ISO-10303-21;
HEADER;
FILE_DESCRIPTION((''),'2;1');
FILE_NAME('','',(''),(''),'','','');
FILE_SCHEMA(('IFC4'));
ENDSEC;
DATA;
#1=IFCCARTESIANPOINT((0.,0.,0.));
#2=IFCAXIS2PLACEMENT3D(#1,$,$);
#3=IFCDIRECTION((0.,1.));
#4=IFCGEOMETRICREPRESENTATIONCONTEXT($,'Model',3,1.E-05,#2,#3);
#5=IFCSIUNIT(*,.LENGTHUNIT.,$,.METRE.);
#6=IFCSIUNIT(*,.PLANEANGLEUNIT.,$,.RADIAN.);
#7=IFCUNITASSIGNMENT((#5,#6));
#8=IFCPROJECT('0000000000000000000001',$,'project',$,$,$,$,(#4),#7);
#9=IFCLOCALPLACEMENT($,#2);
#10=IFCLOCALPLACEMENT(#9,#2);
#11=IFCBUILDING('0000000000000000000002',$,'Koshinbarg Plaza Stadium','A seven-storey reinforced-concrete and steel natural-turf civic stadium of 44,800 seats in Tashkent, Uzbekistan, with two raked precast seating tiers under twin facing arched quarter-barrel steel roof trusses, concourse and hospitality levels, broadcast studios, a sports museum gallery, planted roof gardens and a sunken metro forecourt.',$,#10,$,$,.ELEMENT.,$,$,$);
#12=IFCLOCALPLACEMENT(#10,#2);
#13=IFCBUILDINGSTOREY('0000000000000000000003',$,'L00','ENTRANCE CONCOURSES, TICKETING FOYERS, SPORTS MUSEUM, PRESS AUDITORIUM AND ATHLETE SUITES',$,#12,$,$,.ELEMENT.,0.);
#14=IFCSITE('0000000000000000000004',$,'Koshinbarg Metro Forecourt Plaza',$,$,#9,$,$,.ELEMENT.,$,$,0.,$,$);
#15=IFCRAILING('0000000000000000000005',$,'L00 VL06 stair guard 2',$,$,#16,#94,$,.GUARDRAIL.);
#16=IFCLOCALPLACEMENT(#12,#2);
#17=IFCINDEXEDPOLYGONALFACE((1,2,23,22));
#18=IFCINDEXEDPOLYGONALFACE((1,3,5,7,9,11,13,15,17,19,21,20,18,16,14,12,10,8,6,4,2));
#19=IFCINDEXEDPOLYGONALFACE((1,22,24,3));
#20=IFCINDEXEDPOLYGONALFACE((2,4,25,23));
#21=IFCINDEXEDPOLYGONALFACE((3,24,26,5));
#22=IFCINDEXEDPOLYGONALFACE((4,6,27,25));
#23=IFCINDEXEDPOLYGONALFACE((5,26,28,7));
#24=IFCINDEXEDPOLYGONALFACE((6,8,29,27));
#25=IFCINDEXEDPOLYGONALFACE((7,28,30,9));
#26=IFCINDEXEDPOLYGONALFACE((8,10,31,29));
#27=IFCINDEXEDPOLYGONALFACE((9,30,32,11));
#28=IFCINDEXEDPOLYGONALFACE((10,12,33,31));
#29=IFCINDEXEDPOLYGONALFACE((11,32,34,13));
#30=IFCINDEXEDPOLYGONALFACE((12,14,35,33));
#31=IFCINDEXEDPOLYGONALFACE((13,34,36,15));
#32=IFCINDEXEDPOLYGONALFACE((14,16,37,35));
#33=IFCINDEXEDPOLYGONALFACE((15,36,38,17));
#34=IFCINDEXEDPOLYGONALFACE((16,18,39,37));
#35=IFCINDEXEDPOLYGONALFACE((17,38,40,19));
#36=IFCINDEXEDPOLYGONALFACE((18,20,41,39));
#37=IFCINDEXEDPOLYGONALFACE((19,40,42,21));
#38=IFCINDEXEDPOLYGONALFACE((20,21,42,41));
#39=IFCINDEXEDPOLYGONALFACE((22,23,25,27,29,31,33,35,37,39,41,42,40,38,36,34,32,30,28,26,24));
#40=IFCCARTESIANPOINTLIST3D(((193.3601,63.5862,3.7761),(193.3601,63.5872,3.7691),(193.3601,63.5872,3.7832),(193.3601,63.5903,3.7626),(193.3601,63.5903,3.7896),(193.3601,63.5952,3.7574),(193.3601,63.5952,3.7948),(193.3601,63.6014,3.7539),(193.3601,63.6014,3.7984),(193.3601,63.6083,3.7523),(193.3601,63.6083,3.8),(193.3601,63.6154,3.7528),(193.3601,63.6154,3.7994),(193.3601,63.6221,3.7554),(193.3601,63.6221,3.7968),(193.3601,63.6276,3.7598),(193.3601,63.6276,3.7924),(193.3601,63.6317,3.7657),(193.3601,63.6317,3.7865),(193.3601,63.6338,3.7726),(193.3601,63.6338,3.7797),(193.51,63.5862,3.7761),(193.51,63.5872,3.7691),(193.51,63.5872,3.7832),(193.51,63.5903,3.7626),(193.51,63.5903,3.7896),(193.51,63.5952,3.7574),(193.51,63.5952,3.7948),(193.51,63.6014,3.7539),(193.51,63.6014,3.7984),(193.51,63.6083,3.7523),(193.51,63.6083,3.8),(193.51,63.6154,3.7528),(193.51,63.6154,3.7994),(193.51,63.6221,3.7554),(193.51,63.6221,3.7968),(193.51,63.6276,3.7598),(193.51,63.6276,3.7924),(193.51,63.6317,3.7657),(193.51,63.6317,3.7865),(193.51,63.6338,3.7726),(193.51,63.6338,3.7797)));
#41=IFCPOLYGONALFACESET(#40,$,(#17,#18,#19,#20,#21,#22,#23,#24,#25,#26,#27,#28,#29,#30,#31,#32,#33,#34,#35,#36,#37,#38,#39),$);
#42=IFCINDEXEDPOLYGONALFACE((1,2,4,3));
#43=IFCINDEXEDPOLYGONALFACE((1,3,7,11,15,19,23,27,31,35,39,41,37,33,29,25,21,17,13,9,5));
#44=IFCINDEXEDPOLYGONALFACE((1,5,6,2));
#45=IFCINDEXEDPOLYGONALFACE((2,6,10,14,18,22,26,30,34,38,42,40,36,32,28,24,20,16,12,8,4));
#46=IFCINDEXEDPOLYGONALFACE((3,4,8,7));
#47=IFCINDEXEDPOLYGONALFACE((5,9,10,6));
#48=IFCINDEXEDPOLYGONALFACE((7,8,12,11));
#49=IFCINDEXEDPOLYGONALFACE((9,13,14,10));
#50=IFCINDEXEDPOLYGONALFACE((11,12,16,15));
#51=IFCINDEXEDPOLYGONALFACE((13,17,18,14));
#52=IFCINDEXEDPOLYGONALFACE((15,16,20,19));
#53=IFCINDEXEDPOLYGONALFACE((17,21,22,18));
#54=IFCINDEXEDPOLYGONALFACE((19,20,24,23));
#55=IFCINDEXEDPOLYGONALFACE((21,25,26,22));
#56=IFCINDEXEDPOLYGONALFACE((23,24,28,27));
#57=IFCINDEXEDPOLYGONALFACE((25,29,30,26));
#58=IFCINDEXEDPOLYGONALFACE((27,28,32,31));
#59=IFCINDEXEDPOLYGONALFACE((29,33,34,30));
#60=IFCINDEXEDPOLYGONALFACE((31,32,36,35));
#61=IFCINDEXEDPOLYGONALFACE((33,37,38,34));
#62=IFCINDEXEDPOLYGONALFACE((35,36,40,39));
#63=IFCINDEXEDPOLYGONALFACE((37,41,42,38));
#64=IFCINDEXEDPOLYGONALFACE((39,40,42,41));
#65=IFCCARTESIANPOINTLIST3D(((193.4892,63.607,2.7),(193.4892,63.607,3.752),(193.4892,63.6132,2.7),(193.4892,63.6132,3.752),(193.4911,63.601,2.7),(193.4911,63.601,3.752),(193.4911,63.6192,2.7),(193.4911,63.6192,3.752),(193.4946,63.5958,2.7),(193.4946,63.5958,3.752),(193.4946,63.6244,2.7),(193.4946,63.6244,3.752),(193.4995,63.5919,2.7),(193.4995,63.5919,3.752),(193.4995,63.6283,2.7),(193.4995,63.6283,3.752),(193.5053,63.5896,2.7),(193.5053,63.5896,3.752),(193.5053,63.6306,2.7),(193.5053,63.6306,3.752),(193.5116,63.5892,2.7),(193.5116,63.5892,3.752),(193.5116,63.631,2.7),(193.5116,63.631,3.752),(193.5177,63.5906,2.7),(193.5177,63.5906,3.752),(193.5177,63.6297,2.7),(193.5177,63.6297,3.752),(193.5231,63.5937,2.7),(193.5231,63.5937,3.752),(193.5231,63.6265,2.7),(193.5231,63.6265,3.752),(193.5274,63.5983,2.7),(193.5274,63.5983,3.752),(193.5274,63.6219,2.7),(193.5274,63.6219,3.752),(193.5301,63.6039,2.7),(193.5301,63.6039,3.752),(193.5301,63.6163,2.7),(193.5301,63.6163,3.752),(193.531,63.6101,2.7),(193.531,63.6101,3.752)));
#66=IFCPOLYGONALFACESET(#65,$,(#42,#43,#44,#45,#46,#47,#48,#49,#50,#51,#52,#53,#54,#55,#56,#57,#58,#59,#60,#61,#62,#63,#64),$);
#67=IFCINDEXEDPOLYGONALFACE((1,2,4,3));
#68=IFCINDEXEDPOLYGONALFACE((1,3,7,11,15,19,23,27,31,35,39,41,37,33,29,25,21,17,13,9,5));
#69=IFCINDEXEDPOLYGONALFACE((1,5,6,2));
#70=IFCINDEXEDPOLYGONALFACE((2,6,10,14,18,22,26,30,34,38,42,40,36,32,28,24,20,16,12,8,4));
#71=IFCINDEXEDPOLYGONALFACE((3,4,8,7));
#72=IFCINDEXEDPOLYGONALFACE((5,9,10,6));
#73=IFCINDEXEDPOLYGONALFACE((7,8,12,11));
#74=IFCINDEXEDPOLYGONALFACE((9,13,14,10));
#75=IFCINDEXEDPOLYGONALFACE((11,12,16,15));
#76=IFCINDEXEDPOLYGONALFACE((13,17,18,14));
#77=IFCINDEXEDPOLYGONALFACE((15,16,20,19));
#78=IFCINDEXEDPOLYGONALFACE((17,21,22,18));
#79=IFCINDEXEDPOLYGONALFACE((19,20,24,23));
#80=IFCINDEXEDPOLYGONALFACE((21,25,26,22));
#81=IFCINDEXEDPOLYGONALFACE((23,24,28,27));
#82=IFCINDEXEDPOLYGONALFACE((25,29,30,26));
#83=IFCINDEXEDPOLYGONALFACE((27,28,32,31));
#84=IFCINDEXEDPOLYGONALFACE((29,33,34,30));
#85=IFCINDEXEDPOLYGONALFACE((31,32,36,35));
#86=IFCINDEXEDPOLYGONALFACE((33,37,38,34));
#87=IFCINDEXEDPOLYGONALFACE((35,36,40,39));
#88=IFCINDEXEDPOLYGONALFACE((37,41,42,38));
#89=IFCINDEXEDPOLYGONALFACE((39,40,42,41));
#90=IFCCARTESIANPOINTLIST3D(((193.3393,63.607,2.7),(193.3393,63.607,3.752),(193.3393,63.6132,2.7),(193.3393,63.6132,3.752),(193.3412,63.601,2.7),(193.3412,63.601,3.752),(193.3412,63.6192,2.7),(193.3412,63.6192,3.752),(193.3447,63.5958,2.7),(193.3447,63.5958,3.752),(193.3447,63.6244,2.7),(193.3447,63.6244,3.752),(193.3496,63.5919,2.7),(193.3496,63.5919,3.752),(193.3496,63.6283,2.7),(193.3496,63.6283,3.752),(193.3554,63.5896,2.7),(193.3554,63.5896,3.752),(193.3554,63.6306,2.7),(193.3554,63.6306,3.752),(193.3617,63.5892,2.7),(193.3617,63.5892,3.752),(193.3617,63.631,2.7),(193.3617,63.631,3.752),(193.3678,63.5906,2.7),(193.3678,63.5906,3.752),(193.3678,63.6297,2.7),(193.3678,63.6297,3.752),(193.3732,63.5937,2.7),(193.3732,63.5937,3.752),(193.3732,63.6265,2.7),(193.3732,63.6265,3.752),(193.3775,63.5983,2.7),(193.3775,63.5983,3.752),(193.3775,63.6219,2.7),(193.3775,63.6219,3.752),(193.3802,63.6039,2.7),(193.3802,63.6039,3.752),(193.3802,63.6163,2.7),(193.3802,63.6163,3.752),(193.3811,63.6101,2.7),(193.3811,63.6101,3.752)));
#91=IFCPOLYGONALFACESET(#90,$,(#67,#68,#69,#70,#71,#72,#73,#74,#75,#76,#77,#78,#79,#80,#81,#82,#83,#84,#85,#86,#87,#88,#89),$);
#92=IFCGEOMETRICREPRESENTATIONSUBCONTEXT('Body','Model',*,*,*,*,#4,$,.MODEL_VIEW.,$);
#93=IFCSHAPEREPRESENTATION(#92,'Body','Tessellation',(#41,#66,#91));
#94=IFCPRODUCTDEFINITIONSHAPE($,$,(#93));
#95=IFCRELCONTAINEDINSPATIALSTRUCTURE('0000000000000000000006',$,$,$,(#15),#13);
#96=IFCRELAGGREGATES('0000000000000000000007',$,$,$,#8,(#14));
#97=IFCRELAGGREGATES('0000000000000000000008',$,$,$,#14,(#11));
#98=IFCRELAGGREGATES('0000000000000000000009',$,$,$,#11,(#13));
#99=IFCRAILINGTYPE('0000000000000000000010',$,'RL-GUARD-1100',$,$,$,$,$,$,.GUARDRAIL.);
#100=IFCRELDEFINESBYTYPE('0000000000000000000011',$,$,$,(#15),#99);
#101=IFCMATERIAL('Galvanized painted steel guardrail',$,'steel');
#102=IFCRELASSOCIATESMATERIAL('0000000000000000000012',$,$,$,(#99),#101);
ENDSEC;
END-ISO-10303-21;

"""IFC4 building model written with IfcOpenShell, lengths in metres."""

from ifc_helpers import new_model, si_unit, direction, frame, origin, origin_2d, place, context, subcontext, project, spatial, circle, extrude, material, type_object, element, save


model = new_model("IFC4")

# Units and contexts
model_context = context("Model", 3, precision=1e-05, world=origin(), true_north=direction((0.0, 1.0)))
body_context = subcontext(model_context, "Body", "Model", "MODEL_VIEW")
ifc_project = project(units=[si_unit("LENGTHUNIT", "METRE"), si_unit("PLANEANGLEUNIT", "RADIAN")], contexts=[model_context])

# Site, building, storey
site_placement = place(None, origin())
site = spatial("IfcSite", under=ifc_project, at=site_placement, Name="Koshinbarg Metro Forecourt Plaza", CompositionType="ELEMENT", RefElevation=0.0)
building_placement = place(site_placement, origin())
building = spatial("IfcBuilding", under=site, at=building_placement, Name="Koshinbarg Plaza Stadium", Description="A seven-storey reinforced-concrete and steel natural-turf civic stadium of 44,800 seats in Tashkent, Uzbekistan, with two raked precast seating tiers under twin facing arched quarter-barrel steel roof trusses, concourse and hospitality levels, broadcast studios, a sports museum gallery, planted roof gardens and a sunken metro forecourt.", CompositionType="ELEMENT")
storey_placement = place(building_placement, origin())
storey = spatial("IfcBuildingStorey", under=building, at=storey_placement, Name="L00", Description="ENTRANCE CONCOURSES, TICKETING FOYERS, SPORTS MUSEUM, PRESS AUDITORIUM AND ATHLETE SUITES", CompositionType="ELEMENT", Elevation=0.0)

# Railing
ifc_material_1 = material(Name="Galvanized painted steel guardrail", Category="steel")
railing_type_1 = type_object("IfcRailingType", Name="RL-GUARD-1100", PredefinedType="GUARDRAIL", material=ifc_material_1)
railing_1_placement = place(storey_placement, frame((193.51, 63.6101, 2.7)))
element("IfcRailing", 1, at=railing_1_placement, inside=storey, type_object=railing_type_1, Name="L00 VL06 stair guard 2", PredefinedType="GUARDRAIL", context=body_context, shape_type="SweptSolid", body=[
    extrude(circle(Radius=0.0239, at=origin_2d()), frame((0.0, 0.0, 1.0762), z_axis=(-1.0, 0.0, 0.0), x_axis=(0.0, -1.0, 0.0)), (0.0, 0.0, 1.0), 0.1499),
    extrude(circle(Radius=0.021, at=origin_2d()), origin(), (0.0, 0.0, 1.0), 1.052),
    extrude(circle(Radius=0.021, at=origin_2d()), frame((-0.1499, 0.0, 0.0)), (0.0, 0.0, 1.0), 1.052),
])

save(model, "model.ifc")
